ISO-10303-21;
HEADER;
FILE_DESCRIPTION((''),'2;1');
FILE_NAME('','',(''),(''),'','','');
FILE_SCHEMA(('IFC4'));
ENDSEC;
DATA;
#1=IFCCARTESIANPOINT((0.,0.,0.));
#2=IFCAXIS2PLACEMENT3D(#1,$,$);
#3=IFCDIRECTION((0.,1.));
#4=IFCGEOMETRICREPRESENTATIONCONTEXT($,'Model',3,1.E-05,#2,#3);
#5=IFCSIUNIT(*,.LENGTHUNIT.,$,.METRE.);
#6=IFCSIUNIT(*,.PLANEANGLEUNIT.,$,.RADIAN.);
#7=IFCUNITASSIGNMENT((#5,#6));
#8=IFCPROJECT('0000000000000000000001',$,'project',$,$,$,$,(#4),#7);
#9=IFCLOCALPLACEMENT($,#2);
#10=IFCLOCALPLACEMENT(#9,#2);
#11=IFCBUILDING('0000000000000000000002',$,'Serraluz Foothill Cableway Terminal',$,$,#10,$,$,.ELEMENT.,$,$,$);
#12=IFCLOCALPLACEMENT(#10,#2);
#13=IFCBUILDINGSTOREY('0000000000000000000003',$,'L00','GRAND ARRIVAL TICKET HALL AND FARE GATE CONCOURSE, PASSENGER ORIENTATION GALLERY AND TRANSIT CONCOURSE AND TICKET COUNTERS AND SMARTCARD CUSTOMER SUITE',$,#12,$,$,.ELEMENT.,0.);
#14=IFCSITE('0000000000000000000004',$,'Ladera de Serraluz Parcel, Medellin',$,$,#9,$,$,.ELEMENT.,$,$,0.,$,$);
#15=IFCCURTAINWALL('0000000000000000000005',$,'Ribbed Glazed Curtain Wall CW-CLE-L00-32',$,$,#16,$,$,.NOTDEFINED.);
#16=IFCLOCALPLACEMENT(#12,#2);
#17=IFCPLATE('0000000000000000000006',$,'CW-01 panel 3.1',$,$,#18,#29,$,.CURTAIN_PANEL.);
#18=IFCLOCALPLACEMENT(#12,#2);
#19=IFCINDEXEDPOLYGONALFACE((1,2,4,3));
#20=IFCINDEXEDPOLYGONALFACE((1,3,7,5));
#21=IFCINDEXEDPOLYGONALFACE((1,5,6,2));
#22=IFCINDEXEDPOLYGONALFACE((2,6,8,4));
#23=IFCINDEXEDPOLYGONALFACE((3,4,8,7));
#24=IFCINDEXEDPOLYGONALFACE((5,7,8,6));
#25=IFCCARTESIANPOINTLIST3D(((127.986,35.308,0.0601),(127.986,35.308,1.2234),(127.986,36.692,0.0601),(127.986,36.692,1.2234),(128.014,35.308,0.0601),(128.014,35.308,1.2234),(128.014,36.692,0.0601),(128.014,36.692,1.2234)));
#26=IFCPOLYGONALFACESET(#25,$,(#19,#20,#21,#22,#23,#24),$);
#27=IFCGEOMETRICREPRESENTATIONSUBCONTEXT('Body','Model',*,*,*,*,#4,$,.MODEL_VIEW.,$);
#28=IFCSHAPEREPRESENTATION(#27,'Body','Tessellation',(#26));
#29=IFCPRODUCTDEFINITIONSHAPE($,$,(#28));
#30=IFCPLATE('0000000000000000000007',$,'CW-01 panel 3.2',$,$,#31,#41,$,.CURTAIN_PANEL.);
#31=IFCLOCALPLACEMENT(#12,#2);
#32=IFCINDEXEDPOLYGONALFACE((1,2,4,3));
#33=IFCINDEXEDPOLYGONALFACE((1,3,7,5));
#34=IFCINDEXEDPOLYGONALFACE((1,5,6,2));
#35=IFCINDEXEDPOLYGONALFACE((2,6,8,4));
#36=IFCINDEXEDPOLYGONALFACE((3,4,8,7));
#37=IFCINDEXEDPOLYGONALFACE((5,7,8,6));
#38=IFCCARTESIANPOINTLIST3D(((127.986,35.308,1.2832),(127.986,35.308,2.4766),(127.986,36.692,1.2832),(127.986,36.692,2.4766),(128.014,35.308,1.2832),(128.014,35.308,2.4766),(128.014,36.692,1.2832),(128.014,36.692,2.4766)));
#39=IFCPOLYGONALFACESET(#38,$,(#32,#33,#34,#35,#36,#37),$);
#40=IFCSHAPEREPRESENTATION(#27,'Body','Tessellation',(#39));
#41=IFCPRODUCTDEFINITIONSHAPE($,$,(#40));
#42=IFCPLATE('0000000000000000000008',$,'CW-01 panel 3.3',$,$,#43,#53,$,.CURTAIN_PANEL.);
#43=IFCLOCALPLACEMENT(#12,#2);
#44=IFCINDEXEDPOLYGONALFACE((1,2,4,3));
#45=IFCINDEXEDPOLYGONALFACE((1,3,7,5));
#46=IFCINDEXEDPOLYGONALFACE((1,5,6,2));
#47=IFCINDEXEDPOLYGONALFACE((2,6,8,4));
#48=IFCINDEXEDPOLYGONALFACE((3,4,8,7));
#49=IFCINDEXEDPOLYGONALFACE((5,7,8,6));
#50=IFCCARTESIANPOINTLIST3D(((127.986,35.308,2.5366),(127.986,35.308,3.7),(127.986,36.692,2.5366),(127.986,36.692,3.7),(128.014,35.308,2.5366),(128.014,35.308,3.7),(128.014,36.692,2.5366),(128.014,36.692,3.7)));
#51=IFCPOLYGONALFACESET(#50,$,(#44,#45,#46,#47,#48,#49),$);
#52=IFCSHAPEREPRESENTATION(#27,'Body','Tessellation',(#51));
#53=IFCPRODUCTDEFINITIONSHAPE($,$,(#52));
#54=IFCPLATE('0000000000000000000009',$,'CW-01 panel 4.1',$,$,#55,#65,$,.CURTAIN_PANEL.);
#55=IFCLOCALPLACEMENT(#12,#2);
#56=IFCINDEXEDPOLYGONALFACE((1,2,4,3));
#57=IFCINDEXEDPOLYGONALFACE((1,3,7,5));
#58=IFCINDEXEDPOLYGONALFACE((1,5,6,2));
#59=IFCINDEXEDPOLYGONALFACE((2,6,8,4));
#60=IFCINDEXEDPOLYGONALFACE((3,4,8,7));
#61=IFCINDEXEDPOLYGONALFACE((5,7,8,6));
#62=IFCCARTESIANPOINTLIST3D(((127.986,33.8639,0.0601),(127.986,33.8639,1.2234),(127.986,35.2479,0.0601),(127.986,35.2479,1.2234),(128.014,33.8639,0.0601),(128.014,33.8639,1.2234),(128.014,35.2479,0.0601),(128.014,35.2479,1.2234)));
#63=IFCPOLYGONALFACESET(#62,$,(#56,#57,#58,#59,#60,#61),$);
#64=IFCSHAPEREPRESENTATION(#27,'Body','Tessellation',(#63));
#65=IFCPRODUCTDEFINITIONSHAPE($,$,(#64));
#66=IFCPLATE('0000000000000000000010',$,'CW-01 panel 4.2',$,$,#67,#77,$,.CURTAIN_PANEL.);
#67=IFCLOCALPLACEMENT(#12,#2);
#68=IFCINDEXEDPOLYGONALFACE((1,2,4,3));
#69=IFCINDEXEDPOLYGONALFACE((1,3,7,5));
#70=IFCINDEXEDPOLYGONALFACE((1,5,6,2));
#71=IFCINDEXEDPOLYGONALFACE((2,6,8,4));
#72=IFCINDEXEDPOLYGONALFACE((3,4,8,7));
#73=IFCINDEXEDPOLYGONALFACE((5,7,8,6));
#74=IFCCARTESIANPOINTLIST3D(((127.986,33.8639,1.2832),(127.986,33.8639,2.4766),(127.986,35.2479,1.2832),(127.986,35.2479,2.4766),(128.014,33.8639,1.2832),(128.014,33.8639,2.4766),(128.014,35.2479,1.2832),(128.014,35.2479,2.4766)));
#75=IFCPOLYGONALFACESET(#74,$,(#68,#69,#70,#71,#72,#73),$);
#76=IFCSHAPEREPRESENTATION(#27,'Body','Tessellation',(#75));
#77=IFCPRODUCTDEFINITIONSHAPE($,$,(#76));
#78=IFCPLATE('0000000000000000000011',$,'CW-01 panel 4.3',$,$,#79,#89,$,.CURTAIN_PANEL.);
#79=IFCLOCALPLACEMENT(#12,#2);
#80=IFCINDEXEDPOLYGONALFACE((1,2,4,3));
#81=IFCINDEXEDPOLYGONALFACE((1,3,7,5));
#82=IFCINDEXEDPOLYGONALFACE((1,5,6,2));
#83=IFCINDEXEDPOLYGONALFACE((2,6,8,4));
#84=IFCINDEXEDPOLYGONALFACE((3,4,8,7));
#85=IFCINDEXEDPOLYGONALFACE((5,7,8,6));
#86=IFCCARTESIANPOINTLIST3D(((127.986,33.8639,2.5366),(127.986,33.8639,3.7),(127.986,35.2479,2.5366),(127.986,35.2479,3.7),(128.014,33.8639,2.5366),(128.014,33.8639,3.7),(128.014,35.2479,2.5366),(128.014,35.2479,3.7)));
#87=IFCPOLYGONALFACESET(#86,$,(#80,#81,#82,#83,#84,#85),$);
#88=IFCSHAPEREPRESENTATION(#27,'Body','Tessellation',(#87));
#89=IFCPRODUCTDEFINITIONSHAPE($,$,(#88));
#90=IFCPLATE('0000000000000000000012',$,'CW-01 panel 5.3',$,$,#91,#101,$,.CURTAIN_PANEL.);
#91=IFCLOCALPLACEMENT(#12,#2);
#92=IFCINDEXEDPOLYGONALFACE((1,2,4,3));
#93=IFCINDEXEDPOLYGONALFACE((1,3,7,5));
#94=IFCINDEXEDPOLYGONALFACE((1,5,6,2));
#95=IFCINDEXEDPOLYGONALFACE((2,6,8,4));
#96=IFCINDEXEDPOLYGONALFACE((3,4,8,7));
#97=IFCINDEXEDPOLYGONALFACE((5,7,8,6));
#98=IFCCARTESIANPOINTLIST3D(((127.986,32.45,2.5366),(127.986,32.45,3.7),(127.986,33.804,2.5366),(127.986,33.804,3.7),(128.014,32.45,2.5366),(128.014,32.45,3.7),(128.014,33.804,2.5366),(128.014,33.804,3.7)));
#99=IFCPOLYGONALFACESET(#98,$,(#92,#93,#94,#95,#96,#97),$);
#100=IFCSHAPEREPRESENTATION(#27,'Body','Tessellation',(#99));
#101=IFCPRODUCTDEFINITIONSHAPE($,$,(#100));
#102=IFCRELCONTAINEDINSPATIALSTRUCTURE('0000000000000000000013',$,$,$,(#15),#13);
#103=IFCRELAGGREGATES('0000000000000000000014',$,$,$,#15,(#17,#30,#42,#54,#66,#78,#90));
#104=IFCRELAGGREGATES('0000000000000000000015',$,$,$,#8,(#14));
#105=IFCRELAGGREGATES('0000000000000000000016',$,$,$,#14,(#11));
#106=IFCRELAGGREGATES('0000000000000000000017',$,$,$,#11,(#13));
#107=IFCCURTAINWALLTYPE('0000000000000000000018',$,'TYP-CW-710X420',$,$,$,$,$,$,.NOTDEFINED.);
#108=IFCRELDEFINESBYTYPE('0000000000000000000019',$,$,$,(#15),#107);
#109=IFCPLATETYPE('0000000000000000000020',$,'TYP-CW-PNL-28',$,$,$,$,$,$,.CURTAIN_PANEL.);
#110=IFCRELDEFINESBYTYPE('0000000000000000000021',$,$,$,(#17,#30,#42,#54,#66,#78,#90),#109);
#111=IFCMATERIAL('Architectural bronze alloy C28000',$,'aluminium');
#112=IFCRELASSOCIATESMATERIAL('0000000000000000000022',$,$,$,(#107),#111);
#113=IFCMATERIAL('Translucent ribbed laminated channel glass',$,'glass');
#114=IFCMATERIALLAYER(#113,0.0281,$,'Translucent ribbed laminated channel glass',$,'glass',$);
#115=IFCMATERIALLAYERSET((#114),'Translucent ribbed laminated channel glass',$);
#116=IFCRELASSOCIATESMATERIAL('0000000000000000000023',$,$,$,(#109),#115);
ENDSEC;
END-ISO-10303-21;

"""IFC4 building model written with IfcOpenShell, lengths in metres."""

from ifc_helpers import new_model, si_unit, direction, frame, origin, origin_2d, place, context, subcontext, project, spatial, rectangle, extrude, material, layer, layer_set, type_object, element, aggregate, save


model = new_model("IFC4")

# Units and contexts
model_context = context("Model", 3, precision=1e-05, world=origin(), true_north=direction((0.0, 1.0)))
body_context = subcontext(model_context, "Body", "Model", "MODEL_VIEW")
ifc_project = project(units=[si_unit("LENGTHUNIT", "METRE"), si_unit("PLANEANGLEUNIT", "RADIAN")], contexts=[model_context])

# Site, building, storey
site_placement = place(None, origin())
site = spatial("IfcSite", under=ifc_project, at=site_placement, Name="Ladera de Serraluz Parcel, Medellin", CompositionType="ELEMENT", RefElevation=0.0)
building_placement = place(site_placement, origin())
building = spatial("IfcBuilding", under=site, at=building_placement, Name="Serraluz Foothill Cableway Terminal", CompositionType="ELEMENT")
storey_placement = place(building_placement, origin())
storey = spatial("IfcBuildingStorey", under=building, at=storey_placement, Name="L00", Description="GRAND ARRIVAL TICKET HALL AND FARE GATE CONCOURSE, PASSENGER ORIENTATION GALLERY AND TRANSIT CONCOURSE AND TICKET COUNTERS AND SMARTCARD CUSTOMER SUITE", CompositionType="ELEMENT", Elevation=0.0)

# Curtain wall, plates
ifc_material_1 = material(Name="Architectural bronze alloy C28000", Category="aluminium")
curtain_wall_type = type_object("IfcCurtainWallType", Name="TYP-CW-710X420", PredefinedType="NOTDEFINED", material=ifc_material_1)
curtain_wall_placement = place(storey_placement, origin())
curtain_wall = element("IfcCurtainWall", 1, at=curtain_wall_placement, inside=storey, type_object=curtain_wall_type, Name="Ribbed Glazed Curtain Wall CW-CLE-L00-32", PredefinedType="NOTDEFINED")
ifc_material_2 = material(Name="Translucent ribbed laminated channel glass", Category="glass")
ifc_layer = layer(ifc_material_2, 0.0281, Name="Translucent ribbed laminated channel glass", Category="glass")
ifc_layer_set = layer_set([ifc_layer], Name="Translucent ribbed laminated channel glass")
plate_type = type_object("IfcPlateType", Name="TYP-CW-PNL-28", PredefinedType="CURTAIN_PANEL", material=ifc_layer_set)
plate_1_placement = place(storey_placement, frame((128.0, 36.0, 0.0601), z_axis=(0.0, 0.0, 1.0), x_axis=(0.0, -1.0, 0.0)))
plate_1 = element("IfcPlate", 2, at=plate_1_placement, type_object=plate_type, Name="CW-01 panel 3.1", PredefinedType="CURTAIN_PANEL", context=body_context, shape_type="SweptSolid", body=[
    extrude(rectangle(XDim=1.384, YDim=0.0281, at=origin_2d()), origin(), (0.0, 0.0, 1.0), 1.1633),
])
plate_2_placement = place(storey_placement, frame((128.0, 36.0, 1.2832), z_axis=(0.0, 0.0, 1.0), x_axis=(0.0, -1.0, 0.0)))
plate_2 = element("IfcPlate", 3, at=plate_2_placement, type_object=plate_type, Name="CW-01 panel 3.2", PredefinedType="CURTAIN_PANEL", context=body_context, shape_type="SweptSolid", body=[
    extrude(rectangle(XDim=1.384, YDim=0.0281, at=origin_2d()), origin(), (0.0, 0.0, 1.0), 1.1934),
])
plate_3_placement = place(storey_placement, frame((128.0, 36.0, 2.5366), z_axis=(0.0, 0.0, 1.0), x_axis=(0.0, -1.0, 0.0)))
plate_3 = element("IfcPlate", 4, at=plate_3_placement, type_object=plate_type, Name="CW-01 panel 3.3", PredefinedType="CURTAIN_PANEL", context=body_context, shape_type="SweptSolid", body=[
    extrude(rectangle(XDim=1.384, YDim=0.0281, at=origin_2d()), origin(), (0.0, 0.0, 1.0), 1.1633),
])
plate_4_placement = place(storey_placement, frame((128.0, 34.5559, 0.0601), z_axis=(0.0, 0.0, 1.0), x_axis=(0.0, -1.0, 0.0)))
plate_4 = element("IfcPlate", 5, at=plate_4_placement, type_object=plate_type, Name="CW-01 panel 4.1", PredefinedType="CURTAIN_PANEL", context=body_context, shape_type="SweptSolid", body=[
    extrude(rectangle(XDim=1.384, YDim=0.0281, at=origin_2d()), origin(), (0.0, 0.0, 1.0), 1.1633),
])
plate_5_placement = place(storey_placement, frame((128.0, 34.5559, 1.2832), z_axis=(0.0, 0.0, 1.0), x_axis=(0.0, -1.0, 0.0)))
plate_5 = element("IfcPlate", 6, at=plate_5_placement, type_object=plate_type, Name="CW-01 panel 4.2", PredefinedType="CURTAIN_PANEL", context=body_context, shape_type="SweptSolid", body=[
    extrude(rectangle(XDim=1.384, YDim=0.0281, at=origin_2d()), origin(), (0.0, 0.0, 1.0), 1.1934),
])
plate_6_placement = place(storey_placement, frame((128.0, 34.5559, 2.5366), z_axis=(0.0, 0.0, 1.0), x_axis=(0.0, -1.0, 0.0)))
plate_6 = element("IfcPlate", 7, at=plate_6_placement, type_object=plate_type, Name="CW-01 panel 4.3", PredefinedType="CURTAIN_PANEL", context=body_context, shape_type="SweptSolid", body=[
    extrude(rectangle(XDim=1.384, YDim=0.0281, at=origin_2d()), origin(), (0.0, 0.0, 1.0), 1.1633),
])
plate_7_placement = place(storey_placement, frame((128.0, 33.127, 2.5366), z_axis=(0.0, 0.0, 1.0), x_axis=(0.0, -1.0, 0.0)))
plate_7 = element("IfcPlate", 8, at=plate_7_placement, type_object=plate_type, Name="CW-01 panel 5.3", PredefinedType="CURTAIN_PANEL", context=body_context, shape_type="SweptSolid", body=[
    extrude(rectangle(XDim=1.354, YDim=0.0281, at=origin_2d()), origin(), (0.0, 0.0, 1.0), 1.1633),
])
aggregate(curtain_wall, [plate_1, plate_2, plate_3, plate_4, plate_5, plate_6, plate_7])

save(model, "model.ifc")
